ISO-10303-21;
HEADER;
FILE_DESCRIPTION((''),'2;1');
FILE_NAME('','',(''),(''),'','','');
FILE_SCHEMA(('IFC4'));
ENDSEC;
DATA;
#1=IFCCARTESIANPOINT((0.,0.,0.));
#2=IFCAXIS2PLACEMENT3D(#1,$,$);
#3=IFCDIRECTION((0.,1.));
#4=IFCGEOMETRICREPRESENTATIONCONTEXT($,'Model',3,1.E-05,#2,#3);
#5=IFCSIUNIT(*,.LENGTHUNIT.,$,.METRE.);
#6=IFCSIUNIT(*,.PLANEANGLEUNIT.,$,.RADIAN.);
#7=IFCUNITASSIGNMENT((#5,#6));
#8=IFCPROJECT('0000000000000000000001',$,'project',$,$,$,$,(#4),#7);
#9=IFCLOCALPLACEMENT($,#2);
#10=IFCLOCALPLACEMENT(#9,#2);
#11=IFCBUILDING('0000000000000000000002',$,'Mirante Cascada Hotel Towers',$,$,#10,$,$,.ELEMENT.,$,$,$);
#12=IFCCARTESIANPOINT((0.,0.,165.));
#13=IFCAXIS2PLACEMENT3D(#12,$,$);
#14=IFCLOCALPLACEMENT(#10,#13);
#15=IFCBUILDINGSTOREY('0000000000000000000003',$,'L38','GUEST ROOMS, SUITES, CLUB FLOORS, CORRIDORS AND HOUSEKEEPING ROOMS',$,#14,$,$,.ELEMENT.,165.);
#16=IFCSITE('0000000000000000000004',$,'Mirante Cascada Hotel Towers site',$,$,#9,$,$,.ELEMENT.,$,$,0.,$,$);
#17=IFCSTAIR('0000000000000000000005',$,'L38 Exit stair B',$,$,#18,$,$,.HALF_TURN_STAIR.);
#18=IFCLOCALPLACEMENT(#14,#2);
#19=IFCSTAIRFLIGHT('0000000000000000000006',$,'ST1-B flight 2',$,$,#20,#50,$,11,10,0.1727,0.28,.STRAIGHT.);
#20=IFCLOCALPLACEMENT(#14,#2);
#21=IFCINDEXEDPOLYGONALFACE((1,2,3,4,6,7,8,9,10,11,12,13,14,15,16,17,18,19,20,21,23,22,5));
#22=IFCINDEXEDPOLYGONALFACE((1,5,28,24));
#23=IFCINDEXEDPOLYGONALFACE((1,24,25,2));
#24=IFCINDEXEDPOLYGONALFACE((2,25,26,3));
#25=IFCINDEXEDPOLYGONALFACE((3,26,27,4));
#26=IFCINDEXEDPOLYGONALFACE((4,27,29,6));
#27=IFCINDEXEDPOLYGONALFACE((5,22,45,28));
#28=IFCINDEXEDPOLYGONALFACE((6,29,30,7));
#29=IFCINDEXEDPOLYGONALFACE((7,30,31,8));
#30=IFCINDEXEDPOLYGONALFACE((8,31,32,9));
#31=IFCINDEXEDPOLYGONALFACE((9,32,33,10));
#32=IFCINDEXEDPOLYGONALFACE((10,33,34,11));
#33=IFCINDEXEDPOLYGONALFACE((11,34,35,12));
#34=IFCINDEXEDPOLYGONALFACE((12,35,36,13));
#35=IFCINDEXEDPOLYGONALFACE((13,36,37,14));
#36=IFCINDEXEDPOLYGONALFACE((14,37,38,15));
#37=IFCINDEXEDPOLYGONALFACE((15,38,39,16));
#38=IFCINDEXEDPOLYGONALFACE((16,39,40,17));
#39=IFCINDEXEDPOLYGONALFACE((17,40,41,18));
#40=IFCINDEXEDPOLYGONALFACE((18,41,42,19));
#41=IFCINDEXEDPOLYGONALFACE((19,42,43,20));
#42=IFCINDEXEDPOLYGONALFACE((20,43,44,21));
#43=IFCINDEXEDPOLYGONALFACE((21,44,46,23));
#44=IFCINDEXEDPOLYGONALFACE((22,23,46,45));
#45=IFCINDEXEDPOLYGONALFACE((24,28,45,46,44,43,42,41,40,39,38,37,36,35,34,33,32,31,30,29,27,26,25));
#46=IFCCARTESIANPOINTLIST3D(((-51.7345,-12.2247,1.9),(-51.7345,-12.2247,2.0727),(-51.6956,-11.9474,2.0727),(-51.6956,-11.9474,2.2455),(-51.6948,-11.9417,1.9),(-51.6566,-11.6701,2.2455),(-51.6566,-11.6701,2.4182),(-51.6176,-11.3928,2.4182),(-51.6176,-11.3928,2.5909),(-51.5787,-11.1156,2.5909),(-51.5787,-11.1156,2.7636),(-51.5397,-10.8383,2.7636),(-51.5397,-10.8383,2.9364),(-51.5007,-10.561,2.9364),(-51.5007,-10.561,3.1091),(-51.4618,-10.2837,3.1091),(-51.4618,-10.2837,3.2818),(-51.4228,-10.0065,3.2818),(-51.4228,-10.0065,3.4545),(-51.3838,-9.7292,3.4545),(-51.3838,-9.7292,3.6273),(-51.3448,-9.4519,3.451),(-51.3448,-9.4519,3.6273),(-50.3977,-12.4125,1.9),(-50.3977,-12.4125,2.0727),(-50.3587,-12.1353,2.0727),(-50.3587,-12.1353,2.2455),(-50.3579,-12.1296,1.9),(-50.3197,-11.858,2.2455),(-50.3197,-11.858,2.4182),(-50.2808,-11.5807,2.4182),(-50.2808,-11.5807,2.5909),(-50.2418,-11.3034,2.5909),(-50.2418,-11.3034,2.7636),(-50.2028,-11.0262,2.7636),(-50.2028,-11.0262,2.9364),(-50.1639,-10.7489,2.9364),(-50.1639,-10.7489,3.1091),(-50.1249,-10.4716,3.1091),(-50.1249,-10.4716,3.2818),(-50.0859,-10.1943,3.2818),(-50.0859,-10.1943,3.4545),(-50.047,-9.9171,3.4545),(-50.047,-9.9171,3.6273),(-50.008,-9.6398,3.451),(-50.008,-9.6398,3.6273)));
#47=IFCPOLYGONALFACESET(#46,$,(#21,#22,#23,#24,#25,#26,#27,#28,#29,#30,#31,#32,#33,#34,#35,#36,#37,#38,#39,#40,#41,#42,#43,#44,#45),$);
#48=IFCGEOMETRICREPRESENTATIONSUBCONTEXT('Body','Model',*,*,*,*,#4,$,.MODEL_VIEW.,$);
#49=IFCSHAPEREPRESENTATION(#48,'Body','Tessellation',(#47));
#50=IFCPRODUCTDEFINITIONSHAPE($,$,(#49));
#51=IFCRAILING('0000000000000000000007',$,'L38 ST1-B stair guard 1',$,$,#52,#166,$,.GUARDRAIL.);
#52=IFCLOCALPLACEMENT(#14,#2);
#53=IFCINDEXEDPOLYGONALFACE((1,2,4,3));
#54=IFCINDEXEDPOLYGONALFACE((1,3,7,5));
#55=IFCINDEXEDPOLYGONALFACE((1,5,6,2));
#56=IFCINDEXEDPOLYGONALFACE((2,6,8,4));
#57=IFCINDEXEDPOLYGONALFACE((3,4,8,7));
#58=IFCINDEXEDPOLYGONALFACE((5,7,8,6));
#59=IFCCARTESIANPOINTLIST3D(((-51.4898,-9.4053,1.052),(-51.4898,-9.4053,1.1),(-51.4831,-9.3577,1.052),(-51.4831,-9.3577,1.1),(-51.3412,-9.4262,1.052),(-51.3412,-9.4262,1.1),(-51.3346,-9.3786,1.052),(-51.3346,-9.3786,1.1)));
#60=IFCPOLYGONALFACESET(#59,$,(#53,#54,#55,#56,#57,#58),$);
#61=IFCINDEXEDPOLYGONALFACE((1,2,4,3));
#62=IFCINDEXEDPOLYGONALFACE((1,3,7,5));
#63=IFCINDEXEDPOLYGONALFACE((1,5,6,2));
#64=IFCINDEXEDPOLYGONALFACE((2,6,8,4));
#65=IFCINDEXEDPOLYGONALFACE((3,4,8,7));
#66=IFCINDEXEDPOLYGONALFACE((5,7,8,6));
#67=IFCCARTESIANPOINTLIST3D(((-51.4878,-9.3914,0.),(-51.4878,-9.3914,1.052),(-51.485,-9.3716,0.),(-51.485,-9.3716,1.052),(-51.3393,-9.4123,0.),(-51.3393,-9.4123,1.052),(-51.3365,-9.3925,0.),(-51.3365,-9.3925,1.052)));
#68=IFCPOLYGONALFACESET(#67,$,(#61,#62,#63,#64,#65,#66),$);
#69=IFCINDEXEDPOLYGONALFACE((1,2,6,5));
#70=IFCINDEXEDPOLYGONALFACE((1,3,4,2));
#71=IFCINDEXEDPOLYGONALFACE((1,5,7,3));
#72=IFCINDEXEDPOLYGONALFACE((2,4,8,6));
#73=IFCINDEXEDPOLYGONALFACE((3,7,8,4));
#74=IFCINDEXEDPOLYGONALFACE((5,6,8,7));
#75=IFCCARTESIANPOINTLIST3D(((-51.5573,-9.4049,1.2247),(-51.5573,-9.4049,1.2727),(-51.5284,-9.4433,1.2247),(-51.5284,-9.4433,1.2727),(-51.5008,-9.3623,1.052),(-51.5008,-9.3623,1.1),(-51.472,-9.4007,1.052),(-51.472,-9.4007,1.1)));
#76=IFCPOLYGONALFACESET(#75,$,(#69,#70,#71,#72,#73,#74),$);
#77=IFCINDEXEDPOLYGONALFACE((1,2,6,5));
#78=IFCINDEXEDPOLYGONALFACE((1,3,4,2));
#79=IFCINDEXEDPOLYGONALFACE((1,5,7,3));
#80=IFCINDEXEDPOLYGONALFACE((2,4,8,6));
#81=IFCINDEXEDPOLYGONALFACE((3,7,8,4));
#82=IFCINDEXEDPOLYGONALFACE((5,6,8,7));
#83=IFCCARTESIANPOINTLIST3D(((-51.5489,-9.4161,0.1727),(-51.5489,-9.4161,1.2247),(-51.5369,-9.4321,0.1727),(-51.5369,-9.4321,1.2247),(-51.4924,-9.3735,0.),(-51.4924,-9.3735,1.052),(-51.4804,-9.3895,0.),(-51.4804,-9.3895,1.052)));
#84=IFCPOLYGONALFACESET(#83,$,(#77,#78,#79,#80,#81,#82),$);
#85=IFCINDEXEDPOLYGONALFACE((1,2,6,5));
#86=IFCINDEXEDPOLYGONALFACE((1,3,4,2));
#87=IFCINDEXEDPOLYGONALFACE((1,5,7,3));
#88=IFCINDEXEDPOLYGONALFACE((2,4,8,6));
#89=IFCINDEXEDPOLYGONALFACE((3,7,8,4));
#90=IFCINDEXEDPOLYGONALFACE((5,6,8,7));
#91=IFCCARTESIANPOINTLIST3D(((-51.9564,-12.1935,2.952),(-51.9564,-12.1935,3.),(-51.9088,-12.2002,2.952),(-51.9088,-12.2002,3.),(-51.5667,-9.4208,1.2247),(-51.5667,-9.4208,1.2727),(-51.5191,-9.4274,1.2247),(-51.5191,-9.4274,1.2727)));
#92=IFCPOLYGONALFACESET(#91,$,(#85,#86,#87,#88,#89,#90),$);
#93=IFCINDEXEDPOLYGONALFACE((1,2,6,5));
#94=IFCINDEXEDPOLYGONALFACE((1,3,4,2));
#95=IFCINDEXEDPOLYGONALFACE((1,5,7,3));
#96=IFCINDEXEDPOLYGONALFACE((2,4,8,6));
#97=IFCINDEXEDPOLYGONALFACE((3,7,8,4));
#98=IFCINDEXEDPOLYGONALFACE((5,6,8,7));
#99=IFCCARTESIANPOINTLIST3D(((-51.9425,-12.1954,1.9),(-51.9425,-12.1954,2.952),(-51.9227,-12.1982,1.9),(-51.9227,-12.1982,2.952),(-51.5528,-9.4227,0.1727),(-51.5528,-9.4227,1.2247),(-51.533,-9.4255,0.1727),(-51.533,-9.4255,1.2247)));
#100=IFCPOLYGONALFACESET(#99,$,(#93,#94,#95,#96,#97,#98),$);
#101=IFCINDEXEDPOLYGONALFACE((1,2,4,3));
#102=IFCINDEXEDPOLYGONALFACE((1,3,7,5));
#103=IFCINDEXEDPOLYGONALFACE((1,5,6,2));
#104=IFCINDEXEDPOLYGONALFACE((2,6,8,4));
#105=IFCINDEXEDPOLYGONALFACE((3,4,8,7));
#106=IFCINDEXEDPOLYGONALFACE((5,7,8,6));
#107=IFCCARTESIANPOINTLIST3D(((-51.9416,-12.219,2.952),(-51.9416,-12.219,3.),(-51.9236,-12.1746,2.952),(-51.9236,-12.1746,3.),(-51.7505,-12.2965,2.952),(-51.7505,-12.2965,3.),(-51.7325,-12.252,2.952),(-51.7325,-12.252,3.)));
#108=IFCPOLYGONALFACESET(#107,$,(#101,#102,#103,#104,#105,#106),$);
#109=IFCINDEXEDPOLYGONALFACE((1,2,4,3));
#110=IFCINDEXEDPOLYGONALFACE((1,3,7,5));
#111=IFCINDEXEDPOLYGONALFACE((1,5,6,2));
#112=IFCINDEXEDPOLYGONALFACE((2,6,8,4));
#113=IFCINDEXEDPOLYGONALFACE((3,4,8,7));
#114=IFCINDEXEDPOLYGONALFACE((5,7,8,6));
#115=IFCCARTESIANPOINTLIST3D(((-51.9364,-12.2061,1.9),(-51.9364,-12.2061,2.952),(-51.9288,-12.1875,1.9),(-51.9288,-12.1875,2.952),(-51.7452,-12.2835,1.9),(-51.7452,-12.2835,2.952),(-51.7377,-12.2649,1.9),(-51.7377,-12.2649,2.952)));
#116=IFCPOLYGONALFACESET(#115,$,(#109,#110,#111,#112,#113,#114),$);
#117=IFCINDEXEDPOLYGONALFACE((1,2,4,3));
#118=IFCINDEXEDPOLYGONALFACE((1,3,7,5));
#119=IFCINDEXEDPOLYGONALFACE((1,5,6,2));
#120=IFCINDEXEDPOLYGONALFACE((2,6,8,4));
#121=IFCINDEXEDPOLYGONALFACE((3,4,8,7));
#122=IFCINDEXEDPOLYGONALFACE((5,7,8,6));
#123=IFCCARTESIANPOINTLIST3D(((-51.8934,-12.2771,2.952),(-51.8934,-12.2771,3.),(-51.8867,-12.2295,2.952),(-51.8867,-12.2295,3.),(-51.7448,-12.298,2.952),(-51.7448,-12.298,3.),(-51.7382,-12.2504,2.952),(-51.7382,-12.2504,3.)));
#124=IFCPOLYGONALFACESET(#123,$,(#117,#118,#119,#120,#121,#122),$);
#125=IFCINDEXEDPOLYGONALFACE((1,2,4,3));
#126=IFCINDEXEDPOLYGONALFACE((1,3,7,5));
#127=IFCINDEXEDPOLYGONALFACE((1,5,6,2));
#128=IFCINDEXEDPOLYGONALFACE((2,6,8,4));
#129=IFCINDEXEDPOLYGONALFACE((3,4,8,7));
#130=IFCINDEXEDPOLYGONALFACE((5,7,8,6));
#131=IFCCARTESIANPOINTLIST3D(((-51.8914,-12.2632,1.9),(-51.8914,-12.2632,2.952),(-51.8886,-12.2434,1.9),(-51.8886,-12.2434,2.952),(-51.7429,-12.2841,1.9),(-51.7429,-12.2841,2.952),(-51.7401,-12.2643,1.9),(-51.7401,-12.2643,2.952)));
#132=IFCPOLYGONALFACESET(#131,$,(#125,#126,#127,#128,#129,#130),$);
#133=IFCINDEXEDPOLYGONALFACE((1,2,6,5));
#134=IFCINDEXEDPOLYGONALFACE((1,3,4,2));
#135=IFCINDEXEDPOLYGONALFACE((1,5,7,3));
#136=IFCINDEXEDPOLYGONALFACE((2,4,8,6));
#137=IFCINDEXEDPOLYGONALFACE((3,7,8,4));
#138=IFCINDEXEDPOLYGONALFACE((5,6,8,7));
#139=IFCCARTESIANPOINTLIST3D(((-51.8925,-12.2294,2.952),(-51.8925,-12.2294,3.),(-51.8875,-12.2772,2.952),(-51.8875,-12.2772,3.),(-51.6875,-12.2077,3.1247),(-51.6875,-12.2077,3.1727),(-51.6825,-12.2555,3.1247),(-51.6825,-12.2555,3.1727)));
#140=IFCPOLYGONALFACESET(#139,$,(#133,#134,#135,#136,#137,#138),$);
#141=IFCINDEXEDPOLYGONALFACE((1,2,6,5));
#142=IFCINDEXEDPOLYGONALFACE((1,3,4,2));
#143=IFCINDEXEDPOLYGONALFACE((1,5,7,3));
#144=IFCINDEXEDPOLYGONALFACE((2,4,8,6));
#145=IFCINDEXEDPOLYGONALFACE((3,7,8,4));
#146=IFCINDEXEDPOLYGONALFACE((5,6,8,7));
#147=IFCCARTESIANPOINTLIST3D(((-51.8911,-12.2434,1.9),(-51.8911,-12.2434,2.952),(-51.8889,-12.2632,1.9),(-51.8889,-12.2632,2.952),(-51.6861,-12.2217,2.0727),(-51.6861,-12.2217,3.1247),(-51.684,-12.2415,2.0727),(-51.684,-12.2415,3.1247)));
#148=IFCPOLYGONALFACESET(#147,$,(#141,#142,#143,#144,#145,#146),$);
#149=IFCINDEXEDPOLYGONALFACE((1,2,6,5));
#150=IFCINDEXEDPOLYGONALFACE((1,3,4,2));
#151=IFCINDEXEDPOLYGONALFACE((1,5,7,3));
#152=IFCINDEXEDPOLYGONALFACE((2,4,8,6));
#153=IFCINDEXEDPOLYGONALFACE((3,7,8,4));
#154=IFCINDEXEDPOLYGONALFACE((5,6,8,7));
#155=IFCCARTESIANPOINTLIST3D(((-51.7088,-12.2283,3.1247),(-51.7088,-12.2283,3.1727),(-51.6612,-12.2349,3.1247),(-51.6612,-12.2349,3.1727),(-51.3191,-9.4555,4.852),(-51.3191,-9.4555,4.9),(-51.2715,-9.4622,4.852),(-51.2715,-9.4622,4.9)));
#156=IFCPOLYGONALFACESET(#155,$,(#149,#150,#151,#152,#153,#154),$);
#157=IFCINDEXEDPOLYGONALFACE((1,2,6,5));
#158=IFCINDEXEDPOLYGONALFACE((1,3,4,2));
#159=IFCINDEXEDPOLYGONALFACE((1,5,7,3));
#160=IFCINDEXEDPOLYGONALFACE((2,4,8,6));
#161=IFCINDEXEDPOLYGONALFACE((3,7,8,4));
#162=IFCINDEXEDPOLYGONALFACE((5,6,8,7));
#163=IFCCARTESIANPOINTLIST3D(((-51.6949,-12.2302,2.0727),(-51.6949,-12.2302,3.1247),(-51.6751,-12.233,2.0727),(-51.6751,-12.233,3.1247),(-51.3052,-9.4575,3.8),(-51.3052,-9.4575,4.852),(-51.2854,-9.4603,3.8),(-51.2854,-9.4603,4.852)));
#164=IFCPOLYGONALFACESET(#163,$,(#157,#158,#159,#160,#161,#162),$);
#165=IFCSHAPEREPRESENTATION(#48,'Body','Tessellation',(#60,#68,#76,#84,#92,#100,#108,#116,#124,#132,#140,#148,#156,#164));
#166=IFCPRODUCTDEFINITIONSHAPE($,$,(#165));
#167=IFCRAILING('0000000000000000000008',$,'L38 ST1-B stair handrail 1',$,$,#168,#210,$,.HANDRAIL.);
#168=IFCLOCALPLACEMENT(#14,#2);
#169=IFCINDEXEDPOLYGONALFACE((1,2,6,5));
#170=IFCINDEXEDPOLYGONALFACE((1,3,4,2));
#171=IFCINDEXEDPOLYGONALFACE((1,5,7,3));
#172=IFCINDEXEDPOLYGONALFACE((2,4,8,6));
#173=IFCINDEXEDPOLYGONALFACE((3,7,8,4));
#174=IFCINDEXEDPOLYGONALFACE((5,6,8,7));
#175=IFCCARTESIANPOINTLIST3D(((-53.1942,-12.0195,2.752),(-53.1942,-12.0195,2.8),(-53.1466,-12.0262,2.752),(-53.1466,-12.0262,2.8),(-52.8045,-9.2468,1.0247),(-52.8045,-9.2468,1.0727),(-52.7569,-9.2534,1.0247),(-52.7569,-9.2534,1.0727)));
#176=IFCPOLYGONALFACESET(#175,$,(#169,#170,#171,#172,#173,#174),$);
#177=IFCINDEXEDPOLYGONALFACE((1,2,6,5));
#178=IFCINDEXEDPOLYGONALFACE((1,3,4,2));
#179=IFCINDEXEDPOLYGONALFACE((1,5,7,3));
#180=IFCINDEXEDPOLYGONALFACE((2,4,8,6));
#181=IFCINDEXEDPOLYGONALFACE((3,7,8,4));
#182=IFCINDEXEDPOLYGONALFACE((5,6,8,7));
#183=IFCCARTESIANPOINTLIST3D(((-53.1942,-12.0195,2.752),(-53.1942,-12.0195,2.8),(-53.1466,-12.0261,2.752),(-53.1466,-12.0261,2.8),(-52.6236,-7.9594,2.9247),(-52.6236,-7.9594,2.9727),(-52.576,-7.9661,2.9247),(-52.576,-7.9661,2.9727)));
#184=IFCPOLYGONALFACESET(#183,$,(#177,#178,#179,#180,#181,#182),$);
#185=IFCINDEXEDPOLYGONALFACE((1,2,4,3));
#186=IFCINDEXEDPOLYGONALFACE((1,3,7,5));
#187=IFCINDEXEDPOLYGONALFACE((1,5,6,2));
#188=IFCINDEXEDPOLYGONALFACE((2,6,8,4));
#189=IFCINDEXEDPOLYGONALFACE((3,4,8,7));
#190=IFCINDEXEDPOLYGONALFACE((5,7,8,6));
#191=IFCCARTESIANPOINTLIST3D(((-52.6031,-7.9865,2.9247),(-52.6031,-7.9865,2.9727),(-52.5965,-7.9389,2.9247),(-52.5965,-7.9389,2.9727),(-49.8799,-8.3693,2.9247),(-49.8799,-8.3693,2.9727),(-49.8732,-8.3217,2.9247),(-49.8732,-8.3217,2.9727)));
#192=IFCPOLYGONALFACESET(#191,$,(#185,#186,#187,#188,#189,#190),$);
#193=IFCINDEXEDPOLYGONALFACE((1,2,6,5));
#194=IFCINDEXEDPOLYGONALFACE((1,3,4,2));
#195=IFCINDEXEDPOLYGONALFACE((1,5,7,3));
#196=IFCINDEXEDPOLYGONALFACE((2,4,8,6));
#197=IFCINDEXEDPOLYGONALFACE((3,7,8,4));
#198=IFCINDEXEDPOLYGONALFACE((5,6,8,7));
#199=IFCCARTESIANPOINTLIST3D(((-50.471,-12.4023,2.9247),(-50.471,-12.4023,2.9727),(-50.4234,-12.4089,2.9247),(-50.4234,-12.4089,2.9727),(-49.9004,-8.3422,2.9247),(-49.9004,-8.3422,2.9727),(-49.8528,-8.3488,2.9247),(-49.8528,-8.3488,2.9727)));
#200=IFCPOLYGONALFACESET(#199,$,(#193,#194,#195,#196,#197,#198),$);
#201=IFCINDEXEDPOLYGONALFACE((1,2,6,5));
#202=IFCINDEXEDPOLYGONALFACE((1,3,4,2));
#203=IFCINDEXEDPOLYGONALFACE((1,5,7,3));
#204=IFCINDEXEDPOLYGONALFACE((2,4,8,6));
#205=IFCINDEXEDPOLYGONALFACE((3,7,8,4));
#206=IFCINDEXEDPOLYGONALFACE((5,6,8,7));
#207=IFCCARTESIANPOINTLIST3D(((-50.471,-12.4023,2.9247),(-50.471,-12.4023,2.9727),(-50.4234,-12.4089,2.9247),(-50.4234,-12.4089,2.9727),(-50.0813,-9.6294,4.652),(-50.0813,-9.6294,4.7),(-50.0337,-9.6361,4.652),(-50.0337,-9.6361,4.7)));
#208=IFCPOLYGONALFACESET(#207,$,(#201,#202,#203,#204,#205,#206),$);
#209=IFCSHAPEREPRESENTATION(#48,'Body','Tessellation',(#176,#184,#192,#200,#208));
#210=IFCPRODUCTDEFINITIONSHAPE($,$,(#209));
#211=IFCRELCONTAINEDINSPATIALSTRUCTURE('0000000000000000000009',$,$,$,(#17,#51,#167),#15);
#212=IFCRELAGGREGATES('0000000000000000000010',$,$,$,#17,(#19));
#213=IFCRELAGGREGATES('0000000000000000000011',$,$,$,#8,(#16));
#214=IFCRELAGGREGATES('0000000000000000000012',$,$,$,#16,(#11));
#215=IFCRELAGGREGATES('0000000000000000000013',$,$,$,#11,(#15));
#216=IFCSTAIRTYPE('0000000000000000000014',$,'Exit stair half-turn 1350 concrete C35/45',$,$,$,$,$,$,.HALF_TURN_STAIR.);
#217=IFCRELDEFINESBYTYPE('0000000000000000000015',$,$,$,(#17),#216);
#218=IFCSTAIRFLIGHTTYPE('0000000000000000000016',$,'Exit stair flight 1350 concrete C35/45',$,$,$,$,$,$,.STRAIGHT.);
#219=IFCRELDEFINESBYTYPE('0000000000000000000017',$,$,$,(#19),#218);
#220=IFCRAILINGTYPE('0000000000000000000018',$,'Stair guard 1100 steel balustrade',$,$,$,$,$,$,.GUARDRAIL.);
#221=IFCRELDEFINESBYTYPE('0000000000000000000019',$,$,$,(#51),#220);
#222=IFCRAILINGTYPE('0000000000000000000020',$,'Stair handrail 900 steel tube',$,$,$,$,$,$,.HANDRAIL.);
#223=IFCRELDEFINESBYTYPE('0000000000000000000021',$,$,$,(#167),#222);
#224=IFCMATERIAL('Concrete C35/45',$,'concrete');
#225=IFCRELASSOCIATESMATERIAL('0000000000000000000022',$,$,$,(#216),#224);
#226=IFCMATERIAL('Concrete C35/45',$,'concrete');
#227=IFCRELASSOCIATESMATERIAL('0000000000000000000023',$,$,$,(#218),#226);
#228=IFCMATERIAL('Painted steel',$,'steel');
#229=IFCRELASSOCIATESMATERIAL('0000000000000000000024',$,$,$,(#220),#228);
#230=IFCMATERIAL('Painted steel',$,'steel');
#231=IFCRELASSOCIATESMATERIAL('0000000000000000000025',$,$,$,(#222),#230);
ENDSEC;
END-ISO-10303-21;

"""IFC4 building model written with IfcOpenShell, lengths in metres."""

from ifc_helpers import new_model, si_unit, direction, frame, origin, origin_2d, place, context, subcontext, project, spatial, polyline, rectangle, outline, extrude, material, type_object, element, aggregate, save


model = new_model("IFC4")

# Units and contexts
model_context = context("Model", 3, precision=1e-05, world=origin(), true_north=direction((0.0, 1.0)))
body_context = subcontext(model_context, "Body", "Model", "MODEL_VIEW")
ifc_project = project(units=[si_unit("LENGTHUNIT", "METRE"), si_unit("PLANEANGLEUNIT", "RADIAN")], contexts=[model_context])

# Site, building, storey
site_placement = place(None, origin())
site = spatial("IfcSite", under=ifc_project, at=site_placement, Name="Mirante Cascada Hotel Towers site", CompositionType="ELEMENT", RefElevation=0.0)
building_placement = place(site_placement, origin())
building = spatial("IfcBuilding", under=site, at=building_placement, Name="Mirante Cascada Hotel Towers", CompositionType="ELEMENT")
storey_placement = place(building_placement, frame((0.0, 0.0, 165.0)))
storey = spatial("IfcBuildingStorey", under=building, at=storey_placement, Name="L38", Description="GUEST ROOMS, SUITES, CLUB FLOORS, CORRIDORS AND HOUSEKEEPING ROOMS", CompositionType="ELEMENT", Elevation=165.0)

# Stair, stair flight
ifc_material_1 = material(Name="Concrete C35/45", Category="concrete")
stair_type = type_object("IfcStairType", Name="Exit stair half-turn 1350 concrete C35/45", PredefinedType="HALF_TURN_STAIR", material=ifc_material_1)
stair_placement = place(storey_placement, origin())
stair = element("IfcStair", 1, at=stair_placement, inside=storey, type_object=stair_type, Name="L38 Exit stair B", PredefinedType="HALF_TURN_STAIR")
ifc_material_2 = material(Name="Concrete C35/45", Category="concrete")
stair_flight_type = type_object("IfcStairFlightType", Name="Exit stair flight 1350 concrete C35/45", PredefinedType="STRAIGHT", material=ifc_material_2)
stair_flight_1_placement = place(storey_placement, frame((-51.0661, -12.3186, 1.9), z_axis=(0.0, 0.0, 1.0), x_axis=(0.139173, 0.990268, 0.0)))
stair_flight_1 = element("IfcStairFlight", 2, at=stair_flight_1_placement, type_object=stair_flight_type, Name="ST1-B flight 2", NumberOfRisers=11, NumberOfTreads=10, PredefinedType="STRAIGHT", RiserHeight=0.1727, TreadLength=0.28, context=body_context, shape_type="SweptSolid", body=[
    extrude(outline(polyline([(0.0, 0.0), (0.0, 0.1727), (0.28, 0.1727), (0.28, 0.3455), (0.56, 0.3455), (0.56, 0.5182), (0.84, 0.5182), (0.84, 0.6909), (1.12, 0.6909), (1.12, 0.8636), (1.4, 0.8636), (1.4, 1.0364), (1.68, 1.0364), (1.68, 1.2091), (1.96, 1.2091), (1.96, 1.3818), (2.24, 1.3818), (2.24, 1.5545), (2.52, 1.5545), (2.52, 1.7273), (2.8, 1.7273), (2.8, 1.9), (2.8, 1.551), (0.2857, 0.0), (0.0, 0.0)])), frame((0.0, 0.675, 0.0), z_axis=(0.0, -1.0, 0.0), x_axis=(1.0, 0.0, 0.0)), (0.0, 0.0, 1.0), 1.35),
])
aggregate(stair, [stair_flight_1])

# Railings
ifc_material_3 = material(Name="Painted steel", Category="steel")
railing_type_1 = type_object("IfcRailingType", Name="Stair guard 1100 steel balustrade", PredefinedType="GUARDRAIL", material=ifc_material_3)
railing_1_placement = place(storey_placement, frame((-51.3379, -9.4024, 0.0)))
element("IfcRailing", 3, at=railing_1_placement, inside=storey, type_object=railing_type_1, Name="L38 ST1-B stair guard 1", PredefinedType="GUARDRAIL", context=body_context, shape_type="SweptSolid", body=[
    extrude(rectangle(XDim=0.048, YDim=0.048, at=origin_2d()), frame((0.0, 0.0, 1.076), z_axis=(-0.990241, 0.139367, 0.0), x_axis=(-0.139367, -0.990241, 0.0)), (0.0, 0.0, 1.0), 0.15),
    extrude(rectangle(XDim=0.02, YDim=1.052, at=origin_2d()), frame((0.0, 0.0, 0.526), z_axis=(-0.990241, 0.139367, 0.0), x_axis=(-0.139367, -0.990241, 0.0)), (0.0, 0.0, 1.0), 0.15),
    extrude(rectangle(XDim=0.048, YDim=0.048, at=origin_2d()), frame((-0.1485, 0.0209, 1.076), z_axis=(-0.798471, -0.602033, 0.0), x_axis=(0.602033, -0.798471, 0.0)), (0.0, 0.92534, 0.379139), 0.1866),
    extrude(rectangle(XDim=0.02, YDim=1.052, at=origin_2d()), frame((-0.1485, 0.0209, 0.526), z_axis=(-0.798471, -0.602033, 0.0), x_axis=(0.602033, -0.798471, 0.0)), (0.0, 0.92534, 0.379139), 0.1866),
    extrude(rectangle(XDim=0.048, YDim=0.048, at=origin_2d()), frame((-0.205, -0.0217, 1.2487), z_axis=(-0.139181, -0.990267, 0.0), x_axis=(0.990267, -0.139181, 0.0)), (0.0, 0.525035, 0.851081), 3.2899),
    extrude(rectangle(XDim=0.02, YDim=1.052, at=origin_2d()), frame((-0.205, -0.0217, 0.6987), z_axis=(-0.139181, -0.990267, 0.0), x_axis=(0.990267, -0.139181, 0.0)), (0.0, 0.525035, 0.851081), 3.2899),
    extrude(rectangle(XDim=0.048, YDim=0.048, at=origin_2d()), frame((-0.5947, -2.7944, 2.976), z_axis=(0.926862, -0.375401, 0.0), x_axis=(0.375401, 0.926862, 0.0)), (0.0, 0.0, 1.0), 0.2062),
    extrude(rectangle(XDim=0.02, YDim=1.052, at=origin_2d()), frame((-0.5947, -2.7944, 2.426), z_axis=(0.926862, -0.375401, 0.0), x_axis=(0.375401, 0.926862, 0.0)), (0.0, 0.0, 1.0), 0.2062),
    extrude(rectangle(XDim=0.048, YDim=0.048, at=origin_2d()), frame((-0.4036, -2.8718, 2.976), z_axis=(-0.990241, 0.139367, 0.0), x_axis=(-0.139367, -0.990241, 0.0)), (0.0, 0.0, 1.0), 0.15),
    extrude(rectangle(XDim=0.02, YDim=1.052, at=origin_2d()), frame((-0.4036, -2.8718, 2.426), z_axis=(-0.990241, 0.139367, 0.0), x_axis=(-0.139367, -0.990241, 0.0)), (0.0, 0.0, 1.0), 0.15),
    extrude(rectangle(XDim=0.048, YDim=0.048, at=origin_2d()), frame((-0.5521, -2.8509, 2.976), z_axis=(0.994444, 0.105266, 0.0), x_axis=(-0.105266, 0.994444, 0.0)), (0.0, 0.642184, 0.76655), 0.2689),
    extrude(rectangle(XDim=0.02, YDim=1.052, at=origin_2d()), frame((-0.5521, -2.8509, 2.426), z_axis=(0.994444, 0.105266, 0.0), x_axis=(-0.105266, 0.994444, 0.0)), (0.0, 0.642184, 0.76655), 0.2689),
    extrude(rectangle(XDim=0.048, YDim=0.048, at=origin_2d()), frame((-0.3471, -2.8292, 3.1487), z_axis=(0.139181, 0.990267, 0.0), x_axis=(-0.990267, 0.139181, 0.0)), (0.0, 0.525035, 0.851081), 3.2899),
    extrude(rectangle(XDim=0.02, YDim=1.052, at=origin_2d()), frame((-0.3471, -2.8292, 2.5987), z_axis=(0.139181, 0.990267, 0.0), x_axis=(-0.990267, 0.139181, 0.0)), (0.0, 0.525035, 0.851081), 3.2899),
])
ifc_material_4 = material(Name="Painted steel", Category="steel")
railing_type_2 = type_object("IfcRailingType", Name="Stair handrail 900 steel tube", PredefinedType="HANDRAIL", material=ifc_material_4)
railing_2_placement = place(storey_placement, frame((-52.7807, -9.2501, 0.1727)))
element("IfcRailing", 4, at=railing_2_placement, inside=storey, type_object=railing_type_2, Name="L38 ST1-B stair handrail 1", PredefinedType="HANDRAIL", context=body_context, shape_type="SweptSolid", body=[
    extrude(rectangle(XDim=0.048, YDim=0.048, at=origin_2d()), frame((0.0, 0.0, 0.876), z_axis=(-0.139181, -0.990267, 0.0), x_axis=(0.990267, -0.139181, 0.0)), (0.0, 0.525035, 0.851081), 3.2899),
    extrude(rectangle(XDim=0.048, YDim=0.048, at=origin_2d()), frame((-0.3897, -2.7727, 2.6033), z_axis=(0.139171, 0.990268, 0.0), x_axis=(-0.990268, 0.139171, 0.0)), (0.0, 0.042085, 0.999114), 4.1036),
    extrude(rectangle(XDim=0.048, YDim=0.048, at=origin_2d()), frame((0.1809, 1.2874, 2.776), z_axis=(0.990264, -0.139201, 0.0), x_axis=(0.139201, 0.990264, 0.0)), (0.0, 0.0, 1.0), 2.75),
    extrude(rectangle(XDim=0.048, YDim=0.048, at=origin_2d()), frame((2.9041, 0.9046, 2.776), z_axis=(-0.139171, -0.990268, 0.0), x_axis=(0.990268, -0.139171, 0.0)), (0.0, 0.0, 1.0), 4.1),
    extrude(rectangle(XDim=0.048, YDim=0.048, at=origin_2d()), frame((2.3335, -3.1555, 2.776), z_axis=(0.139176, 0.990268, 0.0), x_axis=(-0.990268, 0.139176, 0.0)), (0.0, 0.525021, 0.851089), 3.29),
])

save(model, "model.ifc")
